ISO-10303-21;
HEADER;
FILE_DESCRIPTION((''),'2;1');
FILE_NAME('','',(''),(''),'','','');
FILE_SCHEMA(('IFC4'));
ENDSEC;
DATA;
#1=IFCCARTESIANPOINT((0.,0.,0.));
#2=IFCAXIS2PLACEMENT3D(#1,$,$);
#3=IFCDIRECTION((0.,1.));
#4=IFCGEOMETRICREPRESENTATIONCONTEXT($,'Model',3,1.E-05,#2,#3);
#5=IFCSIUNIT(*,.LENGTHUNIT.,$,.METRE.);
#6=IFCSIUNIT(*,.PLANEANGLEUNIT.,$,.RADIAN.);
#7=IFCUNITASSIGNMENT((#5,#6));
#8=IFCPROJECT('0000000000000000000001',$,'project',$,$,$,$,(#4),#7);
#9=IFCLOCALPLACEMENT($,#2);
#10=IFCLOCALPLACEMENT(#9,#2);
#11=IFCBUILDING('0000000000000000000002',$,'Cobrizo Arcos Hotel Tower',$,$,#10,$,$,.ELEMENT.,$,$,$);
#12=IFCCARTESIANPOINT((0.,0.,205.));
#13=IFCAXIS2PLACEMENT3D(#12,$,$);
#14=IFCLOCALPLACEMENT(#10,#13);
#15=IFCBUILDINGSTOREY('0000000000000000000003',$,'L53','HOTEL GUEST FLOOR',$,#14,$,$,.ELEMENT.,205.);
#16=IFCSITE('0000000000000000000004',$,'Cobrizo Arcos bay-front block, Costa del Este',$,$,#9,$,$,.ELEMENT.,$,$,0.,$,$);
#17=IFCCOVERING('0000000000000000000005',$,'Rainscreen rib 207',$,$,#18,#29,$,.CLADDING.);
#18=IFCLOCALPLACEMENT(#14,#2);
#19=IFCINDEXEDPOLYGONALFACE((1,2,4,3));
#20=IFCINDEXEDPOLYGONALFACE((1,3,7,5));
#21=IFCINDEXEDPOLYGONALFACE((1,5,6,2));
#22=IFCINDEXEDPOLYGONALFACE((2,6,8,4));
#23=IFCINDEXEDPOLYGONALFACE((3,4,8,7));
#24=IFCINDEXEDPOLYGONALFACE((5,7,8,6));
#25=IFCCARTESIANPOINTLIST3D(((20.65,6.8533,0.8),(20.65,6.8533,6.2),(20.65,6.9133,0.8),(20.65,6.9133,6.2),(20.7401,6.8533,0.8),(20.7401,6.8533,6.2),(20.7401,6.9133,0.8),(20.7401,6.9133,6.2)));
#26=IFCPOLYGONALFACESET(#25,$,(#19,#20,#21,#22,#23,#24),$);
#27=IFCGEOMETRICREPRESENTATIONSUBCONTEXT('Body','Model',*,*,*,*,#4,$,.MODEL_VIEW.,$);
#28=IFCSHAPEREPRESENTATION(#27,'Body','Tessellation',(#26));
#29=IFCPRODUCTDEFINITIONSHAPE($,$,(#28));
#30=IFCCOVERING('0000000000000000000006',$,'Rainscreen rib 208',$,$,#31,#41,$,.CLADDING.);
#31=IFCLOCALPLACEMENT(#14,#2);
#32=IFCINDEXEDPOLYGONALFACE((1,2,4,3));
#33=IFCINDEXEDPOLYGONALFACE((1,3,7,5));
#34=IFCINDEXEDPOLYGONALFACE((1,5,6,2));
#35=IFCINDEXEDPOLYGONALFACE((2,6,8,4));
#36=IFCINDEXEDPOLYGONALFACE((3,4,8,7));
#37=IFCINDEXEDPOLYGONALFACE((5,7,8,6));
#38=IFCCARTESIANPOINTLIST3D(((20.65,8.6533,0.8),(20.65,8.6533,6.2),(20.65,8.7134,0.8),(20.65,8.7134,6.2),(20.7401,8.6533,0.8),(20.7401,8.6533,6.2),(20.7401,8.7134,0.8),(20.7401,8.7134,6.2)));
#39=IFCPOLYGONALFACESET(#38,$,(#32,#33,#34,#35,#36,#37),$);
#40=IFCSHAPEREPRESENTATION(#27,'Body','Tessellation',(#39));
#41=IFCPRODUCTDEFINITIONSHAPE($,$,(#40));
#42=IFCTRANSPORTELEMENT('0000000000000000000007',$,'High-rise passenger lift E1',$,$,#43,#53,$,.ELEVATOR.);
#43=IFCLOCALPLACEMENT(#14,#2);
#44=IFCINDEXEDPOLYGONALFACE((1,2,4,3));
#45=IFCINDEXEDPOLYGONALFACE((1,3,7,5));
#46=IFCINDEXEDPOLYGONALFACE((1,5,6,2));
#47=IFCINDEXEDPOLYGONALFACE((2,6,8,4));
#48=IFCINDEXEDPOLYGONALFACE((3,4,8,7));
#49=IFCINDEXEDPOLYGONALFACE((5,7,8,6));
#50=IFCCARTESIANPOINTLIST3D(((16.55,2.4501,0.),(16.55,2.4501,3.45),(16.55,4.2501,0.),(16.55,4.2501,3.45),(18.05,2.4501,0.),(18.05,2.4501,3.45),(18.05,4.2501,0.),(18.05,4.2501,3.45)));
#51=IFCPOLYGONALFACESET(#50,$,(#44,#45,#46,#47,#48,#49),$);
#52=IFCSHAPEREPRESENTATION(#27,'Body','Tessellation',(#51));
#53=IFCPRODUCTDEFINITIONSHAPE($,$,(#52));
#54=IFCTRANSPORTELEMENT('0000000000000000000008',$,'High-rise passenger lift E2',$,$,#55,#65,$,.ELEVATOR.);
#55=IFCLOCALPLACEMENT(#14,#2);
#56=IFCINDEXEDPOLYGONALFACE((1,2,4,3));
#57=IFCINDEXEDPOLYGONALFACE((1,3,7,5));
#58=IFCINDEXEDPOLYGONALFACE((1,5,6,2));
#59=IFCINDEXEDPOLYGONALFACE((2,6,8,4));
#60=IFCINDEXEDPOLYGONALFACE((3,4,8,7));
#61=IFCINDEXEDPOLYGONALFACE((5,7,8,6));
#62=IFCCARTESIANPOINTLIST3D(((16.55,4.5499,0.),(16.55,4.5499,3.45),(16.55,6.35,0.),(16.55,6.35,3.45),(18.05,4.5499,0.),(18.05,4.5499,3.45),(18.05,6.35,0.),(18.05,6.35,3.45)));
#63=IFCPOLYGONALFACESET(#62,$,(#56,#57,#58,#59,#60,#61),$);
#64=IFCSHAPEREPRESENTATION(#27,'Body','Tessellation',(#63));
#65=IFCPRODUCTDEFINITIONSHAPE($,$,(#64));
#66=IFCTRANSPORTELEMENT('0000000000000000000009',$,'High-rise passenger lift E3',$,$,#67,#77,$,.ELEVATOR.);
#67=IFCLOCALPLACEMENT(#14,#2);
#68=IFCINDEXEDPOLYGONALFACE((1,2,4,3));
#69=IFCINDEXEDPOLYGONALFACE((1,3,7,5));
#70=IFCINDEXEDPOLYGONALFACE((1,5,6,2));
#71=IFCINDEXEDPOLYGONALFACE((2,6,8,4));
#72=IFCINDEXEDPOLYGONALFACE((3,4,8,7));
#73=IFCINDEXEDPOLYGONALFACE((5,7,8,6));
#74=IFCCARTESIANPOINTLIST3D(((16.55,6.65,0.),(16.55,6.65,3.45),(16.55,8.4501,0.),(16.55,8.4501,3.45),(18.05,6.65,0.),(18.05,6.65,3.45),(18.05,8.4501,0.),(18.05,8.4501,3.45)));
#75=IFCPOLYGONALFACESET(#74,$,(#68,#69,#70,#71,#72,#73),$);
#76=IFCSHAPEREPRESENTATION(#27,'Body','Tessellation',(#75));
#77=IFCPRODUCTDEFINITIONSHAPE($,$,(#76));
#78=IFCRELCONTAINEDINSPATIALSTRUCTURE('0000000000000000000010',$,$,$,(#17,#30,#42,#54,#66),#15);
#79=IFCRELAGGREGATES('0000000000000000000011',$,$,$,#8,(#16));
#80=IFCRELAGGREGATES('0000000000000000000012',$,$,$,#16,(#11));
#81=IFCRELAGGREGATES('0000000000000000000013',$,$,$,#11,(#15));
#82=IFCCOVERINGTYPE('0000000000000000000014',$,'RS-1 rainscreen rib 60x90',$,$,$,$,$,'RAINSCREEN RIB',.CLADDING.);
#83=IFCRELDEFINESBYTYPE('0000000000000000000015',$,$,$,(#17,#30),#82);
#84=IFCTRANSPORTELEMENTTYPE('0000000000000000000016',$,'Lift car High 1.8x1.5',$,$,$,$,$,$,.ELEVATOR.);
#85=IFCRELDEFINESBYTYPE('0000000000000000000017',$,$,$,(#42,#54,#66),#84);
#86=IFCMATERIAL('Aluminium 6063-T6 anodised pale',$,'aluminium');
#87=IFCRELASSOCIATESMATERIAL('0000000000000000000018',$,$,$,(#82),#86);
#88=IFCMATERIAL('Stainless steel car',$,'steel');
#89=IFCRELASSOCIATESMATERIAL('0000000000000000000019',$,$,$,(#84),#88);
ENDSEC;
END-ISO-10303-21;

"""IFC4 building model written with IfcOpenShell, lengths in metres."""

from ifc_helpers import new_model, si_unit, direction, frame, origin, origin_2d, place, context, subcontext, project, spatial, rectangle, extrude, material, type_object, element, save


model = new_model("IFC4")

# Units and contexts
model_context = context("Model", 3, precision=1e-05, world=origin(), true_north=direction((0.0, 1.0)))
body_context = subcontext(model_context, "Body", "Model", "MODEL_VIEW")
ifc_project = project(units=[si_unit("LENGTHUNIT", "METRE"), si_unit("PLANEANGLEUNIT", "RADIAN")], contexts=[model_context])

# Site, building, storey
site_placement = place(None, origin())
site = spatial("IfcSite", under=ifc_project, at=site_placement, Name="Cobrizo Arcos bay-front block, Costa del Este", CompositionType="ELEMENT", RefElevation=0.0)
building_placement = place(site_placement, origin())
building = spatial("IfcBuilding", under=site, at=building_placement, Name="Cobrizo Arcos Hotel Tower", CompositionType="ELEMENT")
storey_placement = place(building_placement, frame((0.0, 0.0, 205.0)))
storey = spatial("IfcBuildingStorey", under=building, at=storey_placement, Name="L53", Description="HOTEL GUEST FLOOR", CompositionType="ELEMENT", Elevation=205.0)

# Coverings
ifc_material_1 = material(Name="Aluminium 6063-T6 anodised pale", Category="aluminium")
covering_type_1 = type_object("IfcCoveringType", Name="RS-1 rainscreen rib 60x90", ElementType="RAINSCREEN RIB", PredefinedType="CLADDING", material=ifc_material_1)
for number, where, z_axis, x_axis, name in (
    (1, (20.6951, 6.8833, 0.8), (0.0, 0.0, 1.0), (0.0, 1.0, 0.0), "Rainscreen rib 207"),
    (2, (20.6951, 8.6833, 0.8), (0.0, 0.0, 1.0), (0.0, 1.0, 0.0), "Rainscreen rib 208"),
):
    element("IfcCovering", number, at=place(storey_placement, frame(where, z_axis=z_axis, x_axis=x_axis)), inside=storey, type_object=covering_type_1, Name=name, PredefinedType="CLADDING", context=body_context, shape_type="SweptSolid", body=[
        extrude(rectangle(XDim=0.0601, YDim=0.0901, at=origin_2d()), origin(), (0.0, 0.0, 1.0), 5.3999),
    ])

# Transport elements
ifc_material_2 = material(Name="Stainless steel car", Category="steel")
transport_element_type = type_object("IfcTransportElementType", Name="Lift car High 1.8x1.5", PredefinedType="ELEVATOR", material=ifc_material_2)
for number, where, z_axis, x_axis, name in (
    (3, (17.3, 3.3501, 0.0), (0.0, 0.0, 1.0), (1.0, 0.0, 0.0), "High-rise passenger lift E1"),
    (4, (17.3, 5.45, 0.0), (0.0, 0.0, 1.0), (1.0, 0.0, 0.0), "High-rise passenger lift E2"),
    (5, (17.3, 7.55, 0.0), (0.0, 0.0, 1.0), (1.0, 0.0, 0.0), "High-rise passenger lift E3"),
):
    element("IfcTransportElement", number, at=place(storey_placement, frame(where, z_axis=z_axis, x_axis=x_axis)), inside=storey, type_object=transport_element_type, Name=name, PredefinedType="ELEVATOR", context=body_context, shape_type="SweptSolid", body=[
        extrude(rectangle(XDim=1.5, YDim=1.8, at=origin_2d()), origin(), (0.0, 0.0, 1.0), 3.45),
    ])

save(model, "model.ifc")
